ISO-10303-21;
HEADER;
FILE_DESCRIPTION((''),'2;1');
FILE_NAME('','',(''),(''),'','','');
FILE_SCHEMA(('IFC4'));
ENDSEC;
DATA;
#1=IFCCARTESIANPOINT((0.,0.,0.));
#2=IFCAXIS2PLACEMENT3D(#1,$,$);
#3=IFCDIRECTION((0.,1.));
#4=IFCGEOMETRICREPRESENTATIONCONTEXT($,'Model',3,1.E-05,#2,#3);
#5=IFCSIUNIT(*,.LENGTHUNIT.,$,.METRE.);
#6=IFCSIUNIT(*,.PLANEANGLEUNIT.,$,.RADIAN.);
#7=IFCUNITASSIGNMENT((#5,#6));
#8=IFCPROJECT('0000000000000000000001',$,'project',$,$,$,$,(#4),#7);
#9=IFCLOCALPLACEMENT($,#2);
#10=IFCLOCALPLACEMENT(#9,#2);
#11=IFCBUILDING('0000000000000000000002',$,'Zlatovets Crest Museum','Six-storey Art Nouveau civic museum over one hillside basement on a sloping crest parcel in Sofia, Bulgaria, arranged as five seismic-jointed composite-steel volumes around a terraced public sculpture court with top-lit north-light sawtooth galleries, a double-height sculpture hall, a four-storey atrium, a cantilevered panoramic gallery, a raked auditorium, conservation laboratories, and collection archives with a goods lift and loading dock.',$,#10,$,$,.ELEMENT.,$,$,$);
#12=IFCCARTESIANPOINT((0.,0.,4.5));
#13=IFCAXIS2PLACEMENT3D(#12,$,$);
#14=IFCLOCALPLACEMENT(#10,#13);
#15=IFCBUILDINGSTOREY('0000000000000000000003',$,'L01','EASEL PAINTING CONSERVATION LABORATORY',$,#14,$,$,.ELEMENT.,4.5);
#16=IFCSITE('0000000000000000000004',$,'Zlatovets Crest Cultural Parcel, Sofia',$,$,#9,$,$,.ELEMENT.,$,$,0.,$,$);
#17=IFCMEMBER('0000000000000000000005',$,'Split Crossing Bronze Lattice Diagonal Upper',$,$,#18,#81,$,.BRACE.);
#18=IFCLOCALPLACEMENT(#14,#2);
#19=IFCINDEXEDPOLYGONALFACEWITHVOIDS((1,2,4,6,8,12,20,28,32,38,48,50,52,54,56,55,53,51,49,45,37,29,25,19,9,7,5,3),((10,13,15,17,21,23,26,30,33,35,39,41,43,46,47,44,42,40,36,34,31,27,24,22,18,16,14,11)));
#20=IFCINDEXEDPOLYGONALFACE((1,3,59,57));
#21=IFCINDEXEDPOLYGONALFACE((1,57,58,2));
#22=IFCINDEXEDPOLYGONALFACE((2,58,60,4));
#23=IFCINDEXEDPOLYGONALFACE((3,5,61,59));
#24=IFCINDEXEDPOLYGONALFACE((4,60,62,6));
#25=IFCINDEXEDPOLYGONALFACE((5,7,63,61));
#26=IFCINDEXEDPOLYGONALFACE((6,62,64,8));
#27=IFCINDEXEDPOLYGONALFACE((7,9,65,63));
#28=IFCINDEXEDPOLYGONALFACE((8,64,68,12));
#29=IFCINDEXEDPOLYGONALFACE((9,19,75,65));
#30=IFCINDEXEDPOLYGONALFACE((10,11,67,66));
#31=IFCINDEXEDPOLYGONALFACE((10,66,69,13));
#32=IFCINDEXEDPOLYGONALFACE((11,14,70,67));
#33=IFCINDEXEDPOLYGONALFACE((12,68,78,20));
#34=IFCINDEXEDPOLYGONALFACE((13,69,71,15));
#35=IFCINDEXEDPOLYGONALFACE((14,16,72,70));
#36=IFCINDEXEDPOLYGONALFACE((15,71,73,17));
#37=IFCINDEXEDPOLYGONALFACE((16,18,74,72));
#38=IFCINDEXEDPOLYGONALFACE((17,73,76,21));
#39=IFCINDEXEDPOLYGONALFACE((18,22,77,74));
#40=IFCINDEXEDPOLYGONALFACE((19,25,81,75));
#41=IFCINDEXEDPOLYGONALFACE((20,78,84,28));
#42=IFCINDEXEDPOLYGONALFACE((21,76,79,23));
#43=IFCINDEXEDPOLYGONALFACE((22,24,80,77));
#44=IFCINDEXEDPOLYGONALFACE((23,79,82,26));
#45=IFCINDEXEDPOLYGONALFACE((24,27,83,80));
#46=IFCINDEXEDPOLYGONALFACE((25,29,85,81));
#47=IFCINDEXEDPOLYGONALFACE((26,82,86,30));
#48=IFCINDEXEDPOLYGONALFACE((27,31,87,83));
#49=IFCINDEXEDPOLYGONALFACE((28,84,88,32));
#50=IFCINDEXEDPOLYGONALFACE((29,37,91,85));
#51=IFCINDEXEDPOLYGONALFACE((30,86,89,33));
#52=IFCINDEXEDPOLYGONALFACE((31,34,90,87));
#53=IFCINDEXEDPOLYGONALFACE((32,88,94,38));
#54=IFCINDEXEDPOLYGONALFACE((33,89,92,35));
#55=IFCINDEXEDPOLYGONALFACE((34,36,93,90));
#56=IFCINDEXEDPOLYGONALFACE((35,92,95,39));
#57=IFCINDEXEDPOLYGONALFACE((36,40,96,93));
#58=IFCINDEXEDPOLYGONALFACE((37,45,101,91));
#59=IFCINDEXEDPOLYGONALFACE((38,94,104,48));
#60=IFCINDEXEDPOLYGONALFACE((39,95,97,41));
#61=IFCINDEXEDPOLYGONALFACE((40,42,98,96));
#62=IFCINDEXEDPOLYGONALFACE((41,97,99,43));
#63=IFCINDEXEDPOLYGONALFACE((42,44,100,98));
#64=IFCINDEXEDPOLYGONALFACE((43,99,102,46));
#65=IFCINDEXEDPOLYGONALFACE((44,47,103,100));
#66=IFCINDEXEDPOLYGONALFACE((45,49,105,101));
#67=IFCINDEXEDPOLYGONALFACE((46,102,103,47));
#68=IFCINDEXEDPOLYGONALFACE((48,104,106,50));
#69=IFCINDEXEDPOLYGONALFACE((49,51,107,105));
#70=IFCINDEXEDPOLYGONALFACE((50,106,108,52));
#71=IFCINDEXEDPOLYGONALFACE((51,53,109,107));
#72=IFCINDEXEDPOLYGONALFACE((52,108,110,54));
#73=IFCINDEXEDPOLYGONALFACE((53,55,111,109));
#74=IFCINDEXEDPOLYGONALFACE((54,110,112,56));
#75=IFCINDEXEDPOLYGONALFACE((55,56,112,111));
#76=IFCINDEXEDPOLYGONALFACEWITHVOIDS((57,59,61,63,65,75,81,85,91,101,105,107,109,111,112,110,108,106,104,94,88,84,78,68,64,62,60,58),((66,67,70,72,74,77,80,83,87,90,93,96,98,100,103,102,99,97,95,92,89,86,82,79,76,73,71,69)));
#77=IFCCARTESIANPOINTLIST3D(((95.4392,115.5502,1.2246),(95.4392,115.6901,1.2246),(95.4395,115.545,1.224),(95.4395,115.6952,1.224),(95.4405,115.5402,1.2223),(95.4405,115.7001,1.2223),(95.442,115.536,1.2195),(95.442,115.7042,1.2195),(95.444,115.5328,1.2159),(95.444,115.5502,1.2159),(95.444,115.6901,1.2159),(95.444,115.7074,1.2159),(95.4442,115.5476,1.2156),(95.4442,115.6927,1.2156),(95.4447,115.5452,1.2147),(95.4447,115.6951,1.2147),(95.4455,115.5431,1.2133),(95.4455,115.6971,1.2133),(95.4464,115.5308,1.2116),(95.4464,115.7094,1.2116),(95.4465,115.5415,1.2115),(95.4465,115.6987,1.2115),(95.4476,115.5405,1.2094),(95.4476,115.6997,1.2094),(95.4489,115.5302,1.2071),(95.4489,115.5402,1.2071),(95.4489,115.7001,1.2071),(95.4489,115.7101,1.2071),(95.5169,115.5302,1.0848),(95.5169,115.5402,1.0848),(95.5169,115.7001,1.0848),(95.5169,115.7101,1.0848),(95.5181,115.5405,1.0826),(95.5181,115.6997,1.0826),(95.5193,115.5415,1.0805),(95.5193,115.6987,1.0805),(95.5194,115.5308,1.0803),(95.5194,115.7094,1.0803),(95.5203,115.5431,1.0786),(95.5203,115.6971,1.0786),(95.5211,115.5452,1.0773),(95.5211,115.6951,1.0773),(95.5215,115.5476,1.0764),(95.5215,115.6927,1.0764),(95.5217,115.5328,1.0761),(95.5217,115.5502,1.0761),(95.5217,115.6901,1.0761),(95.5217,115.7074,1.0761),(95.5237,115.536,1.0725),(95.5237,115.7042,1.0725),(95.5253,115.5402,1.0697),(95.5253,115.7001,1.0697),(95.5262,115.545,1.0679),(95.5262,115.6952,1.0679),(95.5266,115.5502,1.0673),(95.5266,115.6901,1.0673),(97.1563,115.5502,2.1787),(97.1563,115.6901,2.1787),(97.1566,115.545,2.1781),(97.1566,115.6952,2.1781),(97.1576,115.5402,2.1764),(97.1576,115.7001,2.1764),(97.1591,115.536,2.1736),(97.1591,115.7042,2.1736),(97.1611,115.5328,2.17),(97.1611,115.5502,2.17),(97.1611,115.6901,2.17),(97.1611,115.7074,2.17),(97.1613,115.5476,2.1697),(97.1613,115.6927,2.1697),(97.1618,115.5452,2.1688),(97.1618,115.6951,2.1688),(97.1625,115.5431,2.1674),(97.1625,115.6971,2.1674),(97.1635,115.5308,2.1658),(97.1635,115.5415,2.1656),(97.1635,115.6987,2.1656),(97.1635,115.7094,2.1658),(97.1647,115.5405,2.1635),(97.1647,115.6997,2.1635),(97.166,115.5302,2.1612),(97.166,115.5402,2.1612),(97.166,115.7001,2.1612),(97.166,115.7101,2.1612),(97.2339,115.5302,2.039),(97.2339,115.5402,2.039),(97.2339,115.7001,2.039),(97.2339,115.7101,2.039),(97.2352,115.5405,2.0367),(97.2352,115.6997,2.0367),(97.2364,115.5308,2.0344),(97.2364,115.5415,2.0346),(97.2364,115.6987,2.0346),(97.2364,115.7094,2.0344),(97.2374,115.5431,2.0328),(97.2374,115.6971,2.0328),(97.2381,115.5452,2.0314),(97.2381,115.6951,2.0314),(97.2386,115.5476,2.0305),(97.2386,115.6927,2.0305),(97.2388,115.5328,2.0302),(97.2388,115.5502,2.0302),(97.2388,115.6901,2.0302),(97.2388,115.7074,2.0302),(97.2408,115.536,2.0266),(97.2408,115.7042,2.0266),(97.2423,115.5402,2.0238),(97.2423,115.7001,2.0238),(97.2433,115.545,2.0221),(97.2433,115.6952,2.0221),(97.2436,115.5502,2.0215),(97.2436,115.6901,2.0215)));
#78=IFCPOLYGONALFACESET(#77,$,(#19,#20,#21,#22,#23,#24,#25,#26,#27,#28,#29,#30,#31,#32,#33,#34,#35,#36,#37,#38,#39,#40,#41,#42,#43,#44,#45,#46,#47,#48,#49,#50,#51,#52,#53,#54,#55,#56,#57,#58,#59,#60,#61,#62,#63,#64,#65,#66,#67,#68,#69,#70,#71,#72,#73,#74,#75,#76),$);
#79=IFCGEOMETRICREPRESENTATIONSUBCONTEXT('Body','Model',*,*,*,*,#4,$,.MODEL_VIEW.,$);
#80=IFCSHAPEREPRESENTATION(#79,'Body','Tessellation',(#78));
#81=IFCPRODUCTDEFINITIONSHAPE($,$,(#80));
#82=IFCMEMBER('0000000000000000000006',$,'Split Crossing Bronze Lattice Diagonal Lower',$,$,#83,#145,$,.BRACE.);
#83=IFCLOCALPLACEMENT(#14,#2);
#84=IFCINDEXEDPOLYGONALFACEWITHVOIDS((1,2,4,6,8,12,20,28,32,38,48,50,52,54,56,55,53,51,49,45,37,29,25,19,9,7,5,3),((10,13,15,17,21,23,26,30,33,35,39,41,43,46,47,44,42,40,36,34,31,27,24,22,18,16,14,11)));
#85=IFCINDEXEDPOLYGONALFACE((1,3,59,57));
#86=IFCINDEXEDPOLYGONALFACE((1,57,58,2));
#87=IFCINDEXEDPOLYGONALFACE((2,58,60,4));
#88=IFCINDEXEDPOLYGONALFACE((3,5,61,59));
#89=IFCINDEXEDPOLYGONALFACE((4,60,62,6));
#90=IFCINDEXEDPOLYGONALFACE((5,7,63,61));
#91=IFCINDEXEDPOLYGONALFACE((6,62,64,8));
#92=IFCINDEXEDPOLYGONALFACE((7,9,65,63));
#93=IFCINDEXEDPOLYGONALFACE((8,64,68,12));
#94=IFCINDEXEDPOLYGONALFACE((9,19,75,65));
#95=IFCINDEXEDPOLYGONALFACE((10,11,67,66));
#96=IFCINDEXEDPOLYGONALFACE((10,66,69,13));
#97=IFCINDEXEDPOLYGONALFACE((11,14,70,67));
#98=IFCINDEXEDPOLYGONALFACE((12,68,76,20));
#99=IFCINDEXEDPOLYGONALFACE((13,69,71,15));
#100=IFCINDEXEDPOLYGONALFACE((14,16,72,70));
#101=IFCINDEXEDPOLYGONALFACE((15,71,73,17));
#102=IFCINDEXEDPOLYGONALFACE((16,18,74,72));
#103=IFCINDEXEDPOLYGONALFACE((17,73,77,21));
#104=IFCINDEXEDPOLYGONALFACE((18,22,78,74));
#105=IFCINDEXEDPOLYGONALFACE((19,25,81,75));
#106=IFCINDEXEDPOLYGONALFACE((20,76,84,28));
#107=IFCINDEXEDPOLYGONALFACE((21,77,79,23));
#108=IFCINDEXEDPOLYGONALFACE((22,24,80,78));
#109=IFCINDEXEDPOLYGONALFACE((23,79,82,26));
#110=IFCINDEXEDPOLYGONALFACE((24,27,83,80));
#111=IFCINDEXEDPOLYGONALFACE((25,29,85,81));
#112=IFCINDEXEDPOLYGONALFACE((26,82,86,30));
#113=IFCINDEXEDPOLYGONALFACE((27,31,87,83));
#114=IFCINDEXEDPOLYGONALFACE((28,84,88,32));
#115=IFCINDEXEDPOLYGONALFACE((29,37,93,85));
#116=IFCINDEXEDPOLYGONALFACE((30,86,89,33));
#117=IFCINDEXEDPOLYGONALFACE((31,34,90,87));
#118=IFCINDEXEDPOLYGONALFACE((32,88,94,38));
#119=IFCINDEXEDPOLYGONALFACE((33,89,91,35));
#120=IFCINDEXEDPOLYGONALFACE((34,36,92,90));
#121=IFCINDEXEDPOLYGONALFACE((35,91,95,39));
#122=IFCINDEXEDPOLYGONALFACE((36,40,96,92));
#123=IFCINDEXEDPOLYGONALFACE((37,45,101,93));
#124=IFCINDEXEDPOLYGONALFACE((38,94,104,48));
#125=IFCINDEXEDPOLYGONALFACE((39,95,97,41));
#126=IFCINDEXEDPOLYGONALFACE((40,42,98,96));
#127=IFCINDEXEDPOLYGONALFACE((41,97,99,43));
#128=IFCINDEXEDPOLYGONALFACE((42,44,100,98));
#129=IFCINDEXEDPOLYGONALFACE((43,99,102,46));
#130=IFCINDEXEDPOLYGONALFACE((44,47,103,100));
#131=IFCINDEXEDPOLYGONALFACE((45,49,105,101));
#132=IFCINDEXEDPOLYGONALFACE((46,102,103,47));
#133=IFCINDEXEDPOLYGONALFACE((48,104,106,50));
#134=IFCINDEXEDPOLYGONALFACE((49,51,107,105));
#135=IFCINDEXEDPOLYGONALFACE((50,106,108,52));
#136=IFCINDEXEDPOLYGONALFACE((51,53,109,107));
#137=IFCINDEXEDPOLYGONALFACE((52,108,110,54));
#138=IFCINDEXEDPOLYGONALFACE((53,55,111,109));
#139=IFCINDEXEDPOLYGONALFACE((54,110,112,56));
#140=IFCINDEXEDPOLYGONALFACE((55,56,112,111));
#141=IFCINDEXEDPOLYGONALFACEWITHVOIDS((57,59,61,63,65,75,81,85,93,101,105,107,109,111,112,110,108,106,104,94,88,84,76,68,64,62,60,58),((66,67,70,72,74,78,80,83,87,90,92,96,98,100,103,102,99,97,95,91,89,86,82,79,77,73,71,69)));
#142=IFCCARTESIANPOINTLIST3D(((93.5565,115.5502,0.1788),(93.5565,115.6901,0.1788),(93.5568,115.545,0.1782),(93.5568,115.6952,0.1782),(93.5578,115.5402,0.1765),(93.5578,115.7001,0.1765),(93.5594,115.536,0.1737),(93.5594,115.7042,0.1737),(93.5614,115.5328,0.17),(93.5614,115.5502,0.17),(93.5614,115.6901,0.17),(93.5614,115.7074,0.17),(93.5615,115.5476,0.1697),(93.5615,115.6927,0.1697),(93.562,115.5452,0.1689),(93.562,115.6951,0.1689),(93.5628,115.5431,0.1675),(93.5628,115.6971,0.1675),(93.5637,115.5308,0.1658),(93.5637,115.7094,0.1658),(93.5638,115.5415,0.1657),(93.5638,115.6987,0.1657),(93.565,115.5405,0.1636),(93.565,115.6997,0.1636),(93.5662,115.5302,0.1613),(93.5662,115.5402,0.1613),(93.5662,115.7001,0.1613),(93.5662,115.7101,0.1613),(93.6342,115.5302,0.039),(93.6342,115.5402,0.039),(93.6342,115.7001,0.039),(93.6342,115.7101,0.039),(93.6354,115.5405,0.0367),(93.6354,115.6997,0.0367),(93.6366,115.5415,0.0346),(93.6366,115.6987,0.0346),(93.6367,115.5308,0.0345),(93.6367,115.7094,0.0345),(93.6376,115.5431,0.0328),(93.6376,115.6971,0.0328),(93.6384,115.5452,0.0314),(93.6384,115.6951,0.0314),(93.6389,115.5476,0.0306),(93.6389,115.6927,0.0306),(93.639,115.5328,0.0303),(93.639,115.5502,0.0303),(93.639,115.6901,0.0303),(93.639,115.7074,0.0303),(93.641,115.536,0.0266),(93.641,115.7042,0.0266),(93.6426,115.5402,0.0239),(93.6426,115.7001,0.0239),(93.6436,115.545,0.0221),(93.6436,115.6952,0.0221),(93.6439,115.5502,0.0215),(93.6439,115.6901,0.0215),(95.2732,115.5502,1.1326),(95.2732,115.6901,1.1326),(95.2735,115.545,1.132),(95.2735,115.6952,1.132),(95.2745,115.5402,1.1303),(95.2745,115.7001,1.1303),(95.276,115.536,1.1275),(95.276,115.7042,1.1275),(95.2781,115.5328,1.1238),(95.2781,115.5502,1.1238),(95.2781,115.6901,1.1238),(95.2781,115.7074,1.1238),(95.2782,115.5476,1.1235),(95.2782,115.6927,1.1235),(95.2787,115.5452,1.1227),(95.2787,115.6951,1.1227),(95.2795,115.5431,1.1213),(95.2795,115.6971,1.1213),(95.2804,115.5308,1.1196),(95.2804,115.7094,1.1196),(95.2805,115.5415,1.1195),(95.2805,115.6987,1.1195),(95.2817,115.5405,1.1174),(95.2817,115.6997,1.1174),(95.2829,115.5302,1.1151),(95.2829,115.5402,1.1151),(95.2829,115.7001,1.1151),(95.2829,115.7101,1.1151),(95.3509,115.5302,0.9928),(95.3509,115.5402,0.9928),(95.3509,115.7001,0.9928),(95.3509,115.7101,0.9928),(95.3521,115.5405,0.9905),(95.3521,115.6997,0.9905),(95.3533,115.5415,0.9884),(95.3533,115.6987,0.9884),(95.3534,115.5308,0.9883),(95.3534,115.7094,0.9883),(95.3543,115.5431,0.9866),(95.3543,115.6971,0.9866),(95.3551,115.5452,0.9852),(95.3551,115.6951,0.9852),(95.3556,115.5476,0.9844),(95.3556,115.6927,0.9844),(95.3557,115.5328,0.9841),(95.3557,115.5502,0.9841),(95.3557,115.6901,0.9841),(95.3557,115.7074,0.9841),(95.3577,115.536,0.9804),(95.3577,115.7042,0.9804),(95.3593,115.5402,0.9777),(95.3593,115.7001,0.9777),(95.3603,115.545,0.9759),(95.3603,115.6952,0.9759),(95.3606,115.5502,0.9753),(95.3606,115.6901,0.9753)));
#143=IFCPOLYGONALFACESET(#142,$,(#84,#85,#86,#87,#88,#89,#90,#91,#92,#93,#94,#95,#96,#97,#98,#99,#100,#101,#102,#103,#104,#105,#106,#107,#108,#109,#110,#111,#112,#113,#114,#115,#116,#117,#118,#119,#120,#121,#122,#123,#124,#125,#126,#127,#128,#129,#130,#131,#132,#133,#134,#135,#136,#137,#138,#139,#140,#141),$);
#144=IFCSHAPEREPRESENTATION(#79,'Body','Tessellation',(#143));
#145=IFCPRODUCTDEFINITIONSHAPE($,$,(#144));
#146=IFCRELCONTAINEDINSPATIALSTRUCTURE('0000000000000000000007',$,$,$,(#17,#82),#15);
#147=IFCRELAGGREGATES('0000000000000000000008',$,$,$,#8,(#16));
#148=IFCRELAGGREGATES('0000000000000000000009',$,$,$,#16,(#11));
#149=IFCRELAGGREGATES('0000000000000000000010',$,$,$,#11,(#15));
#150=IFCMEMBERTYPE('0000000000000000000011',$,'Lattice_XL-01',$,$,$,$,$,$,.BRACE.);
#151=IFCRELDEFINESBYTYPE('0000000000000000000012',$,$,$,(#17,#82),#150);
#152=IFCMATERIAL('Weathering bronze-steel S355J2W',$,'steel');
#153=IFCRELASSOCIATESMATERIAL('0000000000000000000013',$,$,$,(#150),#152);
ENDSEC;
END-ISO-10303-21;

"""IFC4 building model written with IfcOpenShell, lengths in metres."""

from ifc_helpers import new_model, si_unit, direction, frame, origin, origin_2d, place, context, subcontext, project, spatial, hollow_rectangle, extrude, material, material_profile, profile_set, type_object, element, save


model = new_model("IFC4")

# Units and contexts
model_context = context("Model", 3, precision=1e-05, world=origin(), true_north=direction((0.0, 1.0)))
body_context = subcontext(model_context, "Body", "Model", "MODEL_VIEW")
ifc_project = project(units=[si_unit("LENGTHUNIT", "METRE"), si_unit("PLANEANGLEUNIT", "RADIAN")], contexts=[model_context])

# Site, building, storey
site_placement = place(None, origin())
site = spatial("IfcSite", under=ifc_project, at=site_placement, Name="Zlatovets Crest Cultural Parcel, Sofia", CompositionType="ELEMENT", RefElevation=0.0)
building_placement = place(site_placement, origin())
building = spatial("IfcBuilding", under=site, at=building_placement, Name="Zlatovets Crest Museum", Description="Six-storey Art Nouveau civic museum over one hillside basement on a sloping crest parcel in Sofia, Bulgaria, arranged as five seismic-jointed composite-steel volumes around a terraced public sculpture court with top-lit north-light sawtooth galleries, a double-height sculpture hall, a four-storey atrium, a cantilevered panoramic gallery, a raked auditorium, conservation laboratories, and collection archives with a goods lift and loading dock.", CompositionType="ELEMENT")
storey_placement = place(building_placement, frame((0.0, 0.0, 4.5)))
storey = spatial("IfcBuildingStorey", under=building, at=storey_placement, Name="L01", Description="EASEL PAINTING CONSERVATION LABORATORY", CompositionType="ELEMENT", Elevation=4.5)

# Members
ifc_material_1 = material(Name="Weathering bronze-steel S355J2W", Category="steel")
ifc_material_profile_1 = material_profile(ifc_material_1, hollow_rectangle(XDim=0.1799, YDim=0.1799, WallThickness=0.01, InnerFilletRadius=0.01, OuterFilletRadius=0.02, at=origin_2d()), Name="SHS 180x180x10.0")
ifc_profile_set_1 = profile_set([ifc_material_profile_1], Name="Weathering bronze-steel S355J2W")
member_type_1 = type_object("IfcMemberType", Name="Lattice_XL-01", PredefinedType="BRACE", material=ifc_profile_set_1)
member_1_placement = place(storey_placement, frame((97.2, 115.6201, 2.1001), z_axis=(-0.874116, 0.0, -0.485717), x_axis=(0.0, -1.0, 0.0)))
element("IfcMember", 1, at=member_1_placement, inside=storey, type_object=member_type_1, Name="Split Crossing Bronze Lattice Diagonal Upper", PredefinedType="BRACE", context=body_context, shape_type="SweptSolid", body=[
    extrude(hollow_rectangle(XDim=0.1799, YDim=0.1799, WallThickness=0.01, InnerFilletRadius=0.01, OuterFilletRadius=0.02, at=origin_2d()), origin(), (0.0, 0.0, 1.0), 1.9644),
])
member_2_placement = place(storey_placement, frame((95.3169, 115.6201, 1.054), z_axis=(-0.87414, 0.0, -0.485675), x_axis=(0.0, -1.0, 0.0)))
element("IfcMember", 2, at=member_2_placement, inside=storey, type_object=member_type_1, Name="Split Crossing Bronze Lattice Diagonal Lower", PredefinedType="BRACE", context=body_context, shape_type="SweptSolid", body=[
    extrude(hollow_rectangle(XDim=0.1799, YDim=0.1799, WallThickness=0.01, InnerFilletRadius=0.01, OuterFilletRadius=0.02, at=origin_2d()), origin(), (0.0, 0.0, 1.0), 1.9639),
])

save(model, "model.ifc")
